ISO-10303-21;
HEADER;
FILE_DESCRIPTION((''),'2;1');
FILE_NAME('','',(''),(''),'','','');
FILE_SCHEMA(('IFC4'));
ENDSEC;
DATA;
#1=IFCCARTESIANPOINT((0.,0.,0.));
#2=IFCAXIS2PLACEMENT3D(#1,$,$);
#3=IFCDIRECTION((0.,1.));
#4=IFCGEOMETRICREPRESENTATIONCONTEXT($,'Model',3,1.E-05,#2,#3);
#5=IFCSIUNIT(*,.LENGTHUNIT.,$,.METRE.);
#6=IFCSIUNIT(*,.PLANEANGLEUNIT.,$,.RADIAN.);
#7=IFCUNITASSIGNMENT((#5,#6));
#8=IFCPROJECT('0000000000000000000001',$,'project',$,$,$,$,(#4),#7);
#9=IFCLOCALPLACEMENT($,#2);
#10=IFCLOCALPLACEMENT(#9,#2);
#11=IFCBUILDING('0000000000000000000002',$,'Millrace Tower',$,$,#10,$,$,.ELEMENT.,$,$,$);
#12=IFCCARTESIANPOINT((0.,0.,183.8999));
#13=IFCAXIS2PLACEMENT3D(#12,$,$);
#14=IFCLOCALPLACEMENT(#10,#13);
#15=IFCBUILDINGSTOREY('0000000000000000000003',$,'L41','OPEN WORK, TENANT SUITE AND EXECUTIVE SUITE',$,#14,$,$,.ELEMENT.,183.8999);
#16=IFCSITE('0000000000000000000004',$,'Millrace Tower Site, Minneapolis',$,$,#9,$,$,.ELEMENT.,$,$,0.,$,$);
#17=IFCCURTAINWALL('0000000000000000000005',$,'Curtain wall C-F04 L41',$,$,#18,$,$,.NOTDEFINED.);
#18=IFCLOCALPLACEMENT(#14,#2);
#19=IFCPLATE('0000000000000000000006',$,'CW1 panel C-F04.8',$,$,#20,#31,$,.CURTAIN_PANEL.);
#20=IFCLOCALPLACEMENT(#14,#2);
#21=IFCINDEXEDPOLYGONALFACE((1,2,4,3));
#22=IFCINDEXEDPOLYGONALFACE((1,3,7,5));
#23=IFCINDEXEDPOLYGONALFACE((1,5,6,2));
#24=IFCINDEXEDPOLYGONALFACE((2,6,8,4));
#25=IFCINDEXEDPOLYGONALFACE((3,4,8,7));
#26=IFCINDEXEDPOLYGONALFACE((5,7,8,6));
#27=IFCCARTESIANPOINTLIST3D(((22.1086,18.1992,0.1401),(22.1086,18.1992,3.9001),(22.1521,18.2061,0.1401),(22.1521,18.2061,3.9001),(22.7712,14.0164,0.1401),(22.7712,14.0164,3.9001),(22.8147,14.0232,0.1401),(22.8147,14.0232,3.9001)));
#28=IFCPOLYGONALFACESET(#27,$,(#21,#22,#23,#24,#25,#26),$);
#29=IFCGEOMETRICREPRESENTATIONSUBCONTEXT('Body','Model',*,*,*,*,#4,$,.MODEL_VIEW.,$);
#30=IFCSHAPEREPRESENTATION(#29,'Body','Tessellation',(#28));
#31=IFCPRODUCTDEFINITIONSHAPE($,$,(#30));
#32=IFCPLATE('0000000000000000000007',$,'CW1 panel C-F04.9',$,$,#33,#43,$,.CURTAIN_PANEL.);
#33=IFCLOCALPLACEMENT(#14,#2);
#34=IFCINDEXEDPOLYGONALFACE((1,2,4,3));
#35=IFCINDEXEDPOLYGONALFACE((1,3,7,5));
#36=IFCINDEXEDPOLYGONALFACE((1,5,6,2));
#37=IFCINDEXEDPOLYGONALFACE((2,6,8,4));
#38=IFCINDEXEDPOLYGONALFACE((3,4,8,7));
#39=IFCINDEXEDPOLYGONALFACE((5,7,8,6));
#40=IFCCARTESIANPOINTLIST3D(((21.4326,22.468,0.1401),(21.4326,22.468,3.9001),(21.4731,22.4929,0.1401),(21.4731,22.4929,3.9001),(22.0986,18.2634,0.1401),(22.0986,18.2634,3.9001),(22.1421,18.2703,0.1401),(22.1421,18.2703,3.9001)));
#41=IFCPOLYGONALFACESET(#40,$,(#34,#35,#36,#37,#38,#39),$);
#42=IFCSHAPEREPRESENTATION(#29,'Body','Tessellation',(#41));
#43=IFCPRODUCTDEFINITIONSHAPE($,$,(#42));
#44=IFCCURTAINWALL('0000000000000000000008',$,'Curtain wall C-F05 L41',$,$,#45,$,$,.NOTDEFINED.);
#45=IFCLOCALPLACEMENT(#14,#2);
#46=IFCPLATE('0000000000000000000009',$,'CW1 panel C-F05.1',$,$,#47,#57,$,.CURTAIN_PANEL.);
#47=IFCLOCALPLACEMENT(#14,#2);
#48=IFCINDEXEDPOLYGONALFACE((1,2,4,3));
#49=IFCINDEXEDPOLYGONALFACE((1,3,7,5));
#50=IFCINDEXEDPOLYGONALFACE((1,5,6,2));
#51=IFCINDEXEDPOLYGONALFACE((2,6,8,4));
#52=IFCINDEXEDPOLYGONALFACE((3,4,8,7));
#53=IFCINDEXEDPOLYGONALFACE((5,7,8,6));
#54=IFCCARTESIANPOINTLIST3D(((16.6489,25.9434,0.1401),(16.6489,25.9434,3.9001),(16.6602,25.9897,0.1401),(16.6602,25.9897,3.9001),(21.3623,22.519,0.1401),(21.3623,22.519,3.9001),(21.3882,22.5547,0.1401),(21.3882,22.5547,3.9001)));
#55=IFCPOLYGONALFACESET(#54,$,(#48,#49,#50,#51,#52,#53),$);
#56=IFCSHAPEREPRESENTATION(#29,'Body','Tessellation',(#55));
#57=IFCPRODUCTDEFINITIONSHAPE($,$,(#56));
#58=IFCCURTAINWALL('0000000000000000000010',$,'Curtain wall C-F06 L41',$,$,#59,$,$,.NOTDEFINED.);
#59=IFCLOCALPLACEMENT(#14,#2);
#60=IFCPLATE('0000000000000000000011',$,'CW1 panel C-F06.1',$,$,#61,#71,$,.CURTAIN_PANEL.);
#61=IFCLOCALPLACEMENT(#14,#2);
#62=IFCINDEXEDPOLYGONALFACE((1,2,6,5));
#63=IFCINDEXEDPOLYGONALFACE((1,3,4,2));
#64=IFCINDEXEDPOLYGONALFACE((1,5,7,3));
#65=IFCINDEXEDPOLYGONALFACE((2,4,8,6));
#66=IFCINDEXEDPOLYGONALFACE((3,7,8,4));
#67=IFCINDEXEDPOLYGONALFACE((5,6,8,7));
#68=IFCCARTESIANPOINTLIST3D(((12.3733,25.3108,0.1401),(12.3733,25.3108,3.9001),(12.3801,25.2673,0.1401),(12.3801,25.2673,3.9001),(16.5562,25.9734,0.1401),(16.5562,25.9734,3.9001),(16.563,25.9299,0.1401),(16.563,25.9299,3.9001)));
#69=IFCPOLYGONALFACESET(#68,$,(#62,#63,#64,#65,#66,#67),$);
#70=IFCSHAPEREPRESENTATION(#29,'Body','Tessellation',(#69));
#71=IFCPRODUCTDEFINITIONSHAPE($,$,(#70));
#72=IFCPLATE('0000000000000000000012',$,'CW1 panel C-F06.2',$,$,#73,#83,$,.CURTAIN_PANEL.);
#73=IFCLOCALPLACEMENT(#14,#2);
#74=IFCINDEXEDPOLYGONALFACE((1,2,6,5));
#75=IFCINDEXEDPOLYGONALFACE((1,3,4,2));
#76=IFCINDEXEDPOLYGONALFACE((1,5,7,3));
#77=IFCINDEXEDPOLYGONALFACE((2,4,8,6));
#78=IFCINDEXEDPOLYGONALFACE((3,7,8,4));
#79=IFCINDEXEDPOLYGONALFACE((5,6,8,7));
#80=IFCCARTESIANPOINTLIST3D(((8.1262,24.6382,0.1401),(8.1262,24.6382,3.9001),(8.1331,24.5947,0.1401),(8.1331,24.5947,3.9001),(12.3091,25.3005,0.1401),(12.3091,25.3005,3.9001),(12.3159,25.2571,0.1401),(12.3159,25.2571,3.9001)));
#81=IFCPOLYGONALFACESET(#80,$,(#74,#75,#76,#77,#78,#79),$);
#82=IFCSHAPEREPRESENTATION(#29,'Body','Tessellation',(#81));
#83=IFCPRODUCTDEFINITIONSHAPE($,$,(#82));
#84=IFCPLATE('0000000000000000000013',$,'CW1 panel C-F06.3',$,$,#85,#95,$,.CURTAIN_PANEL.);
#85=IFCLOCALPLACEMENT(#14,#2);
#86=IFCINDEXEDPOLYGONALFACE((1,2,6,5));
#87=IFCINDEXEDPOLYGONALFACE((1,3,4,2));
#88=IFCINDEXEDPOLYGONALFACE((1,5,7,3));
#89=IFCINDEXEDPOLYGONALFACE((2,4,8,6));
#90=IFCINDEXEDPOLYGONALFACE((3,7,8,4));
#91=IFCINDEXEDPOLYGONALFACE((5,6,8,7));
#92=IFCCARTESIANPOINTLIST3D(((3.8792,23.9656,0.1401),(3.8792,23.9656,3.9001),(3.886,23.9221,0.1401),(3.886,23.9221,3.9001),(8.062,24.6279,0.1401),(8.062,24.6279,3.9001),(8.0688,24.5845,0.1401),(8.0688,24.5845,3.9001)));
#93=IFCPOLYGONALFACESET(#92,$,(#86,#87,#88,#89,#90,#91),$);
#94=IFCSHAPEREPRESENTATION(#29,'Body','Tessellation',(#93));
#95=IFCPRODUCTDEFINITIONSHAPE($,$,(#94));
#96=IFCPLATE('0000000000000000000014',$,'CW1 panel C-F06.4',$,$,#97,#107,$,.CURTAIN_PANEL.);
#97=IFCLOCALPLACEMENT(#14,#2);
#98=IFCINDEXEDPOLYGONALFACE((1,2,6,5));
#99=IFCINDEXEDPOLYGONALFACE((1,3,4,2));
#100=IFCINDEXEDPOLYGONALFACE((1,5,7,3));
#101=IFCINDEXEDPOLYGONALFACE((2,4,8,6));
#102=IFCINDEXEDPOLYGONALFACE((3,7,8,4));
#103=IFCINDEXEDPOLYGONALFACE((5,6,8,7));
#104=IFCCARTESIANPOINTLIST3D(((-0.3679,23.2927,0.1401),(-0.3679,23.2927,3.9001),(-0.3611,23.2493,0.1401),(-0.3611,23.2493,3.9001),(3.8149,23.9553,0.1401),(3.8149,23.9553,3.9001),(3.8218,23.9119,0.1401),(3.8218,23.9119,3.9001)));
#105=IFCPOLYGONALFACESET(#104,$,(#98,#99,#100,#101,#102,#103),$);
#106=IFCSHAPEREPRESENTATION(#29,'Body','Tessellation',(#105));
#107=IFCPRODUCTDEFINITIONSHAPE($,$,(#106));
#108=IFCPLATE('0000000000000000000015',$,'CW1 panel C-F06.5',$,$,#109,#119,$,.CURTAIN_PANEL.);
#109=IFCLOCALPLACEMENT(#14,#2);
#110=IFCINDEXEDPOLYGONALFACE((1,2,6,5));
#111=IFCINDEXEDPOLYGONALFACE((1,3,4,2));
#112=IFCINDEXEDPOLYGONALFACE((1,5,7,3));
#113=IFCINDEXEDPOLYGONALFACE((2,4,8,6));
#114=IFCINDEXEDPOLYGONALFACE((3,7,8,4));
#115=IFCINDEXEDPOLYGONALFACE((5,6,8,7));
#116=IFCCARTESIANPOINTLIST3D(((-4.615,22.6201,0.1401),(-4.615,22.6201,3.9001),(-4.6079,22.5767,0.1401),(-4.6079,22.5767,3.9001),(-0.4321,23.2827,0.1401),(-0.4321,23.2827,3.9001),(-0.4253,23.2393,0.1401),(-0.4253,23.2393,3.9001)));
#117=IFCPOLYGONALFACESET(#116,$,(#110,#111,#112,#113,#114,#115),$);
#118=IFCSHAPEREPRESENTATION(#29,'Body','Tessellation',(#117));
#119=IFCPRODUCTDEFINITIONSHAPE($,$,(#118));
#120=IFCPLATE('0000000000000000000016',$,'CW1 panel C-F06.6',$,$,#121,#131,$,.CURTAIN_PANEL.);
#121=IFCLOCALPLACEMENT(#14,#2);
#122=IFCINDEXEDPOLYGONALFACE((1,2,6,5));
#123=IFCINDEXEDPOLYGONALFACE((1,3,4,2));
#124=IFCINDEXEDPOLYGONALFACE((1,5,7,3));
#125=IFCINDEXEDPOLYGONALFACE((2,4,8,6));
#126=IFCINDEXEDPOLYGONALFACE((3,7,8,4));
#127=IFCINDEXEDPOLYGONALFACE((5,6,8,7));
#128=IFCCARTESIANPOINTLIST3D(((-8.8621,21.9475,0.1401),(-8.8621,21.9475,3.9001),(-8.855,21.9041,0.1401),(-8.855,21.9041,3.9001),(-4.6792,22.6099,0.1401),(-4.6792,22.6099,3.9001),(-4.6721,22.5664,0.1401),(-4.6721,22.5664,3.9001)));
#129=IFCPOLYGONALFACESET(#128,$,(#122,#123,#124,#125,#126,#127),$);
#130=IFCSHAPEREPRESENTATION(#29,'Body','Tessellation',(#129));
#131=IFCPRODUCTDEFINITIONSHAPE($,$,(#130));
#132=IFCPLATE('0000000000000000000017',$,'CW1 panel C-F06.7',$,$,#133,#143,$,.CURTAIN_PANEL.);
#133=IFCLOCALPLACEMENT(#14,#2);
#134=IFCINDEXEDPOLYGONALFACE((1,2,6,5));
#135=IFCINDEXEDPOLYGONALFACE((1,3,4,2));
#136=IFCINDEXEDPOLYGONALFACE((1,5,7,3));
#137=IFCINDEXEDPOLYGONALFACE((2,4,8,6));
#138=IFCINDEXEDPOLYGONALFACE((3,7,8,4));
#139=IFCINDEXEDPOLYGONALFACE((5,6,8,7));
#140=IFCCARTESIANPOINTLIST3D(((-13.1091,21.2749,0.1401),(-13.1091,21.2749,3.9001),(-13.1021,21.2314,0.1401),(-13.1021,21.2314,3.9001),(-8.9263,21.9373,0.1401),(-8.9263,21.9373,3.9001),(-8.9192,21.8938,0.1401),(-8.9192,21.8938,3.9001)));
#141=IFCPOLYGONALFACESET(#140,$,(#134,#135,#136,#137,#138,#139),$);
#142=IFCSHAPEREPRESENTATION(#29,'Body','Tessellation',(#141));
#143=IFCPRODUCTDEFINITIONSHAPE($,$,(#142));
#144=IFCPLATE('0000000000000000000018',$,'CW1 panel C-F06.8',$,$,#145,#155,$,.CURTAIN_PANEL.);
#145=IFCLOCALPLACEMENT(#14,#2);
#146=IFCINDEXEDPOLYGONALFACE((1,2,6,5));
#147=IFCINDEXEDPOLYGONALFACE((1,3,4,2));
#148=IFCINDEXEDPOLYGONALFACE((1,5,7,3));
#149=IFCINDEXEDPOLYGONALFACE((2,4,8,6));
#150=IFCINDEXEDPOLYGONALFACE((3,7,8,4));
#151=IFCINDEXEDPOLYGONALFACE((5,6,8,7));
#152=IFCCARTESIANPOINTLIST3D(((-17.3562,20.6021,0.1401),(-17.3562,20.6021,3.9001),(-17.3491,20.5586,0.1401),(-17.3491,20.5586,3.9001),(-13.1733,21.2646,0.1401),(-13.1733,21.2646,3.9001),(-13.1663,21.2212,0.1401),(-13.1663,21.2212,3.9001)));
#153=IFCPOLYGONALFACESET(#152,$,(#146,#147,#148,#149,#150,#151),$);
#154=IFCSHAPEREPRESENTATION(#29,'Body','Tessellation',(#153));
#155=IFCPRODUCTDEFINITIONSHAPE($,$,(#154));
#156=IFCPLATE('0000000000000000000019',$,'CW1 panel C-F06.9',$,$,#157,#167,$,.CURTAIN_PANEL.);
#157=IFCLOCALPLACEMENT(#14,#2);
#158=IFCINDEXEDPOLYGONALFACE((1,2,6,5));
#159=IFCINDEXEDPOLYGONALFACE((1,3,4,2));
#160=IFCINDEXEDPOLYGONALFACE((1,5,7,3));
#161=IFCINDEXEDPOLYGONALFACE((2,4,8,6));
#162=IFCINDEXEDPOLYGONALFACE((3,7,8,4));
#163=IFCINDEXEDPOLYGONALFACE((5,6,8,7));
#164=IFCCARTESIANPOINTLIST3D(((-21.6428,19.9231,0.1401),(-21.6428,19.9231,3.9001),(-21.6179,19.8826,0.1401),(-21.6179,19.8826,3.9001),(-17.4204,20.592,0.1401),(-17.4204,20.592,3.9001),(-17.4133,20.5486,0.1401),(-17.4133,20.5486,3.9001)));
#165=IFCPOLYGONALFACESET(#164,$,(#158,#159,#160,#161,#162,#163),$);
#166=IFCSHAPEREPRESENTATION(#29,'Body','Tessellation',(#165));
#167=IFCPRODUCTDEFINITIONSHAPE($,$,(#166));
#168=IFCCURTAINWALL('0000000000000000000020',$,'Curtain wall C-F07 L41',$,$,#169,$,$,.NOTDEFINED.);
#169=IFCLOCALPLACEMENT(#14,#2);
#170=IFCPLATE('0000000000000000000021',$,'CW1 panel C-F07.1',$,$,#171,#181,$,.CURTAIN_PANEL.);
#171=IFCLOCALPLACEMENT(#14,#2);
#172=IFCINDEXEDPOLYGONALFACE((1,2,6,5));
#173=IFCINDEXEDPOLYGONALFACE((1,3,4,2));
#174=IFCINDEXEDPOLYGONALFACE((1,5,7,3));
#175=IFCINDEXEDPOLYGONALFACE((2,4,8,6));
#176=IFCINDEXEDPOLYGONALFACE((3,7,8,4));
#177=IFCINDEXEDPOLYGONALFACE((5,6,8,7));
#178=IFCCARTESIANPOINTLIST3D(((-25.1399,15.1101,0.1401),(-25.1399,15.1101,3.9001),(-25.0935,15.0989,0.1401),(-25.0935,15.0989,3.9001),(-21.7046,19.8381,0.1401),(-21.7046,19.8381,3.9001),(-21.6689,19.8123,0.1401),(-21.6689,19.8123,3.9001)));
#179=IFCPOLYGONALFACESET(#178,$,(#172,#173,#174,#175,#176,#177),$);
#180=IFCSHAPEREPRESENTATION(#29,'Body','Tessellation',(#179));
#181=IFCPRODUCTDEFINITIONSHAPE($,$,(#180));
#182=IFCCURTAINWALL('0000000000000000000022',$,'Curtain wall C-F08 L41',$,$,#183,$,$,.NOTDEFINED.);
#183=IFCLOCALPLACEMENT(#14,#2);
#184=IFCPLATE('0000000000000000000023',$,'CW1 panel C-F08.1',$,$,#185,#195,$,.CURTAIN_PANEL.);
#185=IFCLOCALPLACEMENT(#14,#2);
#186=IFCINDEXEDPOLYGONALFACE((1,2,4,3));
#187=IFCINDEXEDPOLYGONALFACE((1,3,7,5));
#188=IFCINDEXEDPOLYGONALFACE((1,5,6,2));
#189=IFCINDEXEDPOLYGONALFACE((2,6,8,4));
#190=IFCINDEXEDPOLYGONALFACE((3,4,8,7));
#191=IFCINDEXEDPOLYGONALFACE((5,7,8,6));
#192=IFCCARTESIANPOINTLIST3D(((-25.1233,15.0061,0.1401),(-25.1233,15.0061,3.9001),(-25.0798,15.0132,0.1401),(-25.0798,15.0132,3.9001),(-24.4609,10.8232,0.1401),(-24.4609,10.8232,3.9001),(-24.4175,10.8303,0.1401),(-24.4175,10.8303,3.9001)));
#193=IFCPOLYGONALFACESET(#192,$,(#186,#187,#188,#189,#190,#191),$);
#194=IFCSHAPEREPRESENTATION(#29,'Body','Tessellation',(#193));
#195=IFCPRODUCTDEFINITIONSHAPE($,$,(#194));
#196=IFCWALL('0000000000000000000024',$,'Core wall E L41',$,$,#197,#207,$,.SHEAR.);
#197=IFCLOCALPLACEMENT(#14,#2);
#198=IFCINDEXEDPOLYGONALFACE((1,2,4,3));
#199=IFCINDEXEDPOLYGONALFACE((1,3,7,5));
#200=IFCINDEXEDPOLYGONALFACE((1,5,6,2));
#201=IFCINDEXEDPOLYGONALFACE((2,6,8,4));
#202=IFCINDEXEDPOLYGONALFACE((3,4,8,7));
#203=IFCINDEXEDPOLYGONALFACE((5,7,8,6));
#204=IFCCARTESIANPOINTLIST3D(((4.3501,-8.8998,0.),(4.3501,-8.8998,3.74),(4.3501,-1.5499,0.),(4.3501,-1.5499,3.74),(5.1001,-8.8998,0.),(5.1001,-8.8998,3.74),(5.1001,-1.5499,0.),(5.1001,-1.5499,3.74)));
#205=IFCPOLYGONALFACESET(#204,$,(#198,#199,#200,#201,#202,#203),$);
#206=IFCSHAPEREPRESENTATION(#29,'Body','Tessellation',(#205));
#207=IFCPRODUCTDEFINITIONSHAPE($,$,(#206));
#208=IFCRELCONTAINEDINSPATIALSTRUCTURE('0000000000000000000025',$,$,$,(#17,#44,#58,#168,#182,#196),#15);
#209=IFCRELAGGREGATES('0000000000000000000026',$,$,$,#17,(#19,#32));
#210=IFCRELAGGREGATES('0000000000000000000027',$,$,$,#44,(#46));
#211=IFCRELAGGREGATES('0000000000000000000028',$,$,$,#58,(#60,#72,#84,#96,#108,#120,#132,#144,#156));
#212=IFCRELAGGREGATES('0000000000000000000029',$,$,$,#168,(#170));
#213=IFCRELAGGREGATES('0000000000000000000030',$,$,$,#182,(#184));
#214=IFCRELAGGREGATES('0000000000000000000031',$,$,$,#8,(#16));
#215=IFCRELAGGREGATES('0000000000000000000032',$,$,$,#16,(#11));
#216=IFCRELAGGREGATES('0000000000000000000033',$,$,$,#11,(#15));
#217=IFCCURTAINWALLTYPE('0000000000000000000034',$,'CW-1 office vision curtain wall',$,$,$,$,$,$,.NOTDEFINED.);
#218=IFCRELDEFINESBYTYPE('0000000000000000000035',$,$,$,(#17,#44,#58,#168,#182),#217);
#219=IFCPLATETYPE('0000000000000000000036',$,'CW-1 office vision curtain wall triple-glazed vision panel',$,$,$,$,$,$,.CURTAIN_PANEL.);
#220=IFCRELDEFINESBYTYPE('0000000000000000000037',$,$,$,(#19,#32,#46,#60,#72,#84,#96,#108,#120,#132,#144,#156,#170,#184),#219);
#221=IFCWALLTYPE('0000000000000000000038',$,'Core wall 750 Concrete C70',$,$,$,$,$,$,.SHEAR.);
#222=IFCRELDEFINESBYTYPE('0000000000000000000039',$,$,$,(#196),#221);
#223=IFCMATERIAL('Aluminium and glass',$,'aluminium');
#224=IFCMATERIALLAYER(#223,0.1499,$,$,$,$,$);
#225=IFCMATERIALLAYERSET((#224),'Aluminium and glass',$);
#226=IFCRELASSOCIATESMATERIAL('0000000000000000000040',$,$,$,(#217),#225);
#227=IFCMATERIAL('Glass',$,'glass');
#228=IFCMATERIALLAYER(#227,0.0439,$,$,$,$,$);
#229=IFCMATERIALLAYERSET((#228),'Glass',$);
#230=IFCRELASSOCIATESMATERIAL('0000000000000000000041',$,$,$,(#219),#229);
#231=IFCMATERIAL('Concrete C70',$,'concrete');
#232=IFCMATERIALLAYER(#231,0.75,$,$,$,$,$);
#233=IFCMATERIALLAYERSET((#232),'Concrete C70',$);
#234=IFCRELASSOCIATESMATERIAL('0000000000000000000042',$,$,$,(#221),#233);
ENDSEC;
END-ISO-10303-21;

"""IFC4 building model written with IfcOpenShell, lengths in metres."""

from ifc_helpers import new_model, si_unit, direction, frame, frame_2d, origin, place, context, subcontext, project, spatial, polyline, rectangle, outline, extrude, material, layer, layer_set, type_object, element, aggregate, save


model = new_model("IFC4")

# Units and contexts
model_context = context("Model", 3, precision=1e-05, world=origin(), true_north=direction((0.0, 1.0)))
body_context = subcontext(model_context, "Body", "Model", "MODEL_VIEW")
ifc_project = project(units=[si_unit("LENGTHUNIT", "METRE"), si_unit("PLANEANGLEUNIT", "RADIAN")], contexts=[model_context])

# Site, building, storey
site_placement = place(None, origin())
site = spatial("IfcSite", under=ifc_project, at=site_placement, Name="Millrace Tower Site, Minneapolis", CompositionType="ELEMENT", RefElevation=0.0)
building_placement = place(site_placement, origin())
building = spatial("IfcBuilding", under=site, at=building_placement, Name="Millrace Tower", CompositionType="ELEMENT")
storey_placement = place(building_placement, frame((0.0, 0.0, 183.8999)))
storey = spatial("IfcBuildingStorey", under=building, at=storey_placement, Name="L41", Description="OPEN WORK, TENANT SUITE AND EXECUTIVE SUITE", CompositionType="ELEMENT", Elevation=183.8999)

# Curtain wall, plates
ifc_material_1 = material(Name="Aluminium and glass", Category="aluminium")
ifc_layer_1 = layer(ifc_material_1, 0.1499)
ifc_layer_set_1 = layer_set([ifc_layer_1], Name="Aluminium and glass")
curtain_wall_type = type_object("IfcCurtainWallType", Name="CW-1 office vision curtain wall", PredefinedType="NOTDEFINED", material=ifc_layer_set_1)
placement_1 = place(storey_placement, origin())
curtain_wall_1 = element("IfcCurtainWall", 1, at=placement_1, inside=storey, type_object=curtain_wall_type, Name="Curtain wall C-F04 L41", PredefinedType="NOTDEFINED")
ifc_material_2 = material(Name="Glass", Category="glass")
ifc_layer_2 = layer(ifc_material_2, 0.0439)
ifc_layer_set_2 = layer_set([ifc_layer_2], Name="Glass")
plate_type = type_object("IfcPlateType", Name="CW-1 office vision curtain wall triple-glazed vision panel", PredefinedType="CURTAIN_PANEL", material=ifc_layer_set_2)
placement_2 = place(storey_placement, frame((0.0, 0.0, 0.1401)))
plate_1 = element("IfcPlate", 2, at=placement_2, type_object=plate_type, Name="CW1 panel C-F04.8", PredefinedType="CURTAIN_PANEL", context=body_context, shape_type="SweptSolid", body=[
    extrude(outline(polyline([(22.8147, 14.0232), (22.1521, 18.2061), (22.1086, 18.1992), (22.7712, 14.0164), (22.8147, 14.0232)])), origin(), (0.0, 0.0, 1.0), 3.76),
])
plate_2 = element("IfcPlate", 3, at=placement_2, type_object=plate_type, Name="CW1 panel C-F04.9", PredefinedType="CURTAIN_PANEL", context=body_context, shape_type="SweptSolid", body=[
    extrude(outline(polyline([(22.1421, 18.2703), (21.4731, 22.4929), (21.4326, 22.468), (22.0986, 18.2634), (22.1421, 18.2703)])), origin(), (0.0, 0.0, 1.0), 3.76),
])
aggregate(curtain_wall_1, [plate_1, plate_2])

# Curtain wall, plate
curtain_wall_2 = element("IfcCurtainWall", 4, at=placement_1, inside=storey, type_object=curtain_wall_type, Name="Curtain wall C-F05 L41", PredefinedType="NOTDEFINED")
plate_3 = element("IfcPlate", 5, at=placement_2, type_object=plate_type, Name="CW1 panel C-F05.1", PredefinedType="CURTAIN_PANEL", context=body_context, shape_type="SweptSolid", body=[
    extrude(outline(polyline([(21.3882, 22.5547), (16.6602, 25.9897), (16.6489, 25.9434), (21.3623, 22.519), (21.3882, 22.5547)])), origin(), (0.0, 0.0, 1.0), 3.76),
])
aggregate(curtain_wall_2, [plate_3])

# Curtain wall, plates
curtain_wall_3 = element("IfcCurtainWall", 6, at=placement_1, inside=storey, type_object=curtain_wall_type, Name="Curtain wall C-F06 L41", PredefinedType="NOTDEFINED")
plate_4 = element("IfcPlate", 7, at=placement_2, type_object=plate_type, Name="CW1 panel C-F06.1", PredefinedType="CURTAIN_PANEL", context=body_context, shape_type="SweptSolid", body=[
    extrude(outline(polyline([(16.5562, 25.9734), (12.3733, 25.3108), (12.3801, 25.2673), (16.563, 25.9299), (16.5562, 25.9734)])), origin(), (0.0, 0.0, 1.0), 3.76),
])
plate_5 = element("IfcPlate", 8, at=placement_2, type_object=plate_type, Name="CW1 panel C-F06.2", PredefinedType="CURTAIN_PANEL", context=body_context, shape_type="SweptSolid", body=[
    extrude(outline(polyline([(12.3091, 25.3005), (8.1262, 24.6382), (8.1331, 24.5947), (12.3159, 25.2571), (12.3091, 25.3005)])), origin(), (0.0, 0.0, 1.0), 3.76),
])
plate_6 = element("IfcPlate", 9, at=placement_2, type_object=plate_type, Name="CW1 panel C-F06.3", PredefinedType="CURTAIN_PANEL", context=body_context, shape_type="SweptSolid", body=[
    extrude(outline(polyline([(8.062, 24.6279), (3.8792, 23.9656), (3.886, 23.9221), (8.0688, 24.5845), (8.062, 24.6279)])), origin(), (0.0, 0.0, 1.0), 3.76),
])
plate_7 = element("IfcPlate", 10, at=placement_2, type_object=plate_type, Name="CW1 panel C-F06.4", PredefinedType="CURTAIN_PANEL", context=body_context, shape_type="SweptSolid", body=[
    extrude(outline(polyline([(3.8149, 23.9553), (-0.3679, 23.2927), (-0.3611, 23.2493), (3.8218, 23.9119), (3.8149, 23.9553)])), origin(), (0.0, 0.0, 1.0), 3.76),
])
plate_8 = element("IfcPlate", 11, at=placement_2, type_object=plate_type, Name="CW1 panel C-F06.5", PredefinedType="CURTAIN_PANEL", context=body_context, shape_type="SweptSolid", body=[
    extrude(outline(polyline([(-0.4321, 23.2827), (-4.615, 22.6201), (-4.6079, 22.5767), (-0.4253, 23.2393), (-0.4321, 23.2827)])), origin(), (0.0, 0.0, 1.0), 3.76),
])
plate_9 = element("IfcPlate", 12, at=placement_2, type_object=plate_type, Name="CW1 panel C-F06.6", PredefinedType="CURTAIN_PANEL", context=body_context, shape_type="SweptSolid", body=[
    extrude(outline(polyline([(-4.6792, 22.6099), (-8.8621, 21.9475), (-8.855, 21.9041), (-4.6721, 22.5664), (-4.6792, 22.6099)])), origin(), (0.0, 0.0, 1.0), 3.76),
])
plate_10 = element("IfcPlate", 13, at=placement_2, type_object=plate_type, Name="CW1 panel C-F06.7", PredefinedType="CURTAIN_PANEL", context=body_context, shape_type="SweptSolid", body=[
    extrude(outline(polyline([(-8.9263, 21.9373), (-13.1091, 21.2749), (-13.1021, 21.2314), (-8.9192, 21.8938), (-8.9263, 21.9373)])), origin(), (0.0, 0.0, 1.0), 3.76),
])
plate_11 = element("IfcPlate", 14, at=placement_2, type_object=plate_type, Name="CW1 panel C-F06.8", PredefinedType="CURTAIN_PANEL", context=body_context, shape_type="SweptSolid", body=[
    extrude(outline(polyline([(-13.1733, 21.2646), (-17.3562, 20.6021), (-17.3491, 20.5586), (-13.1663, 21.2212), (-13.1733, 21.2646)])), origin(), (0.0, 0.0, 1.0), 3.76),
])
plate_12 = element("IfcPlate", 15, at=placement_2, type_object=plate_type, Name="CW1 panel C-F06.9", PredefinedType="CURTAIN_PANEL", context=body_context, shape_type="SweptSolid", body=[
    extrude(outline(polyline([(-17.4204, 20.592), (-21.6428, 19.9231), (-21.6179, 19.8826), (-17.4133, 20.5486), (-17.4204, 20.592)])), origin(), (0.0, 0.0, 1.0), 3.76),
])
aggregate(curtain_wall_3, [plate_4, plate_5, plate_6, plate_7, plate_8, plate_9, plate_10, plate_11, plate_12])

# Curtain walls, plates
curtain_wall_4 = element("IfcCurtainWall", 16, at=placement_1, inside=storey, type_object=curtain_wall_type, Name="Curtain wall C-F07 L41", PredefinedType="NOTDEFINED")
plate_13 = element("IfcPlate", 17, at=placement_2, type_object=plate_type, Name="CW1 panel C-F07.1", PredefinedType="CURTAIN_PANEL", context=body_context, shape_type="SweptSolid", body=[
    extrude(outline(polyline([(-21.7046, 19.8381), (-25.1399, 15.1101), (-25.0935, 15.0989), (-21.6689, 19.8123), (-21.7046, 19.8381)])), origin(), (0.0, 0.0, 1.0), 3.76),
])
aggregate(curtain_wall_4, [plate_13])
curtain_wall_5 = element("IfcCurtainWall", 18, at=placement_1, inside=storey, type_object=curtain_wall_type, Name="Curtain wall C-F08 L41", PredefinedType="NOTDEFINED")
plate_14 = element("IfcPlate", 19, at=placement_2, type_object=plate_type, Name="CW1 panel C-F08.1", PredefinedType="CURTAIN_PANEL", context=body_context, shape_type="SweptSolid", body=[
    extrude(outline(polyline([(-25.1233, 15.0061), (-24.4609, 10.8232), (-24.4175, 10.8303), (-25.0798, 15.0132), (-25.1233, 15.0061)])), origin(), (0.0, 0.0, 1.0), 3.76),
])
aggregate(curtain_wall_5, [plate_14])

# Wall
ifc_material_3 = material(Name="Concrete C70", Category="concrete")
ifc_layer_3 = layer(ifc_material_3, 0.75)
ifc_layer_set_3 = layer_set([ifc_layer_3], Name="Concrete C70")
wall_type_1 = type_object("IfcWallType", Name="Core wall 750 Concrete C70", PredefinedType="SHEAR", material=ifc_layer_set_3)
wall_1_placement = place(storey_placement, frame((4.7251, -1.55, 0.0), z_axis=(0.0, 0.0, 1.0), x_axis=(0.0, -1.0, 0.0)))
element("IfcWall", 20, at=wall_1_placement, inside=storey, type_object=wall_type_1, Name="Core wall E L41", PredefinedType="SHEAR", context=body_context, shape_type="SweptSolid", body=[
    extrude(rectangle(XDim=7.3499, YDim=0.75, at=frame_2d((3.6748, 0.0))), origin(), (0.0, 0.0, 1.0), 3.74),
])

save(model, "model.ifc")
